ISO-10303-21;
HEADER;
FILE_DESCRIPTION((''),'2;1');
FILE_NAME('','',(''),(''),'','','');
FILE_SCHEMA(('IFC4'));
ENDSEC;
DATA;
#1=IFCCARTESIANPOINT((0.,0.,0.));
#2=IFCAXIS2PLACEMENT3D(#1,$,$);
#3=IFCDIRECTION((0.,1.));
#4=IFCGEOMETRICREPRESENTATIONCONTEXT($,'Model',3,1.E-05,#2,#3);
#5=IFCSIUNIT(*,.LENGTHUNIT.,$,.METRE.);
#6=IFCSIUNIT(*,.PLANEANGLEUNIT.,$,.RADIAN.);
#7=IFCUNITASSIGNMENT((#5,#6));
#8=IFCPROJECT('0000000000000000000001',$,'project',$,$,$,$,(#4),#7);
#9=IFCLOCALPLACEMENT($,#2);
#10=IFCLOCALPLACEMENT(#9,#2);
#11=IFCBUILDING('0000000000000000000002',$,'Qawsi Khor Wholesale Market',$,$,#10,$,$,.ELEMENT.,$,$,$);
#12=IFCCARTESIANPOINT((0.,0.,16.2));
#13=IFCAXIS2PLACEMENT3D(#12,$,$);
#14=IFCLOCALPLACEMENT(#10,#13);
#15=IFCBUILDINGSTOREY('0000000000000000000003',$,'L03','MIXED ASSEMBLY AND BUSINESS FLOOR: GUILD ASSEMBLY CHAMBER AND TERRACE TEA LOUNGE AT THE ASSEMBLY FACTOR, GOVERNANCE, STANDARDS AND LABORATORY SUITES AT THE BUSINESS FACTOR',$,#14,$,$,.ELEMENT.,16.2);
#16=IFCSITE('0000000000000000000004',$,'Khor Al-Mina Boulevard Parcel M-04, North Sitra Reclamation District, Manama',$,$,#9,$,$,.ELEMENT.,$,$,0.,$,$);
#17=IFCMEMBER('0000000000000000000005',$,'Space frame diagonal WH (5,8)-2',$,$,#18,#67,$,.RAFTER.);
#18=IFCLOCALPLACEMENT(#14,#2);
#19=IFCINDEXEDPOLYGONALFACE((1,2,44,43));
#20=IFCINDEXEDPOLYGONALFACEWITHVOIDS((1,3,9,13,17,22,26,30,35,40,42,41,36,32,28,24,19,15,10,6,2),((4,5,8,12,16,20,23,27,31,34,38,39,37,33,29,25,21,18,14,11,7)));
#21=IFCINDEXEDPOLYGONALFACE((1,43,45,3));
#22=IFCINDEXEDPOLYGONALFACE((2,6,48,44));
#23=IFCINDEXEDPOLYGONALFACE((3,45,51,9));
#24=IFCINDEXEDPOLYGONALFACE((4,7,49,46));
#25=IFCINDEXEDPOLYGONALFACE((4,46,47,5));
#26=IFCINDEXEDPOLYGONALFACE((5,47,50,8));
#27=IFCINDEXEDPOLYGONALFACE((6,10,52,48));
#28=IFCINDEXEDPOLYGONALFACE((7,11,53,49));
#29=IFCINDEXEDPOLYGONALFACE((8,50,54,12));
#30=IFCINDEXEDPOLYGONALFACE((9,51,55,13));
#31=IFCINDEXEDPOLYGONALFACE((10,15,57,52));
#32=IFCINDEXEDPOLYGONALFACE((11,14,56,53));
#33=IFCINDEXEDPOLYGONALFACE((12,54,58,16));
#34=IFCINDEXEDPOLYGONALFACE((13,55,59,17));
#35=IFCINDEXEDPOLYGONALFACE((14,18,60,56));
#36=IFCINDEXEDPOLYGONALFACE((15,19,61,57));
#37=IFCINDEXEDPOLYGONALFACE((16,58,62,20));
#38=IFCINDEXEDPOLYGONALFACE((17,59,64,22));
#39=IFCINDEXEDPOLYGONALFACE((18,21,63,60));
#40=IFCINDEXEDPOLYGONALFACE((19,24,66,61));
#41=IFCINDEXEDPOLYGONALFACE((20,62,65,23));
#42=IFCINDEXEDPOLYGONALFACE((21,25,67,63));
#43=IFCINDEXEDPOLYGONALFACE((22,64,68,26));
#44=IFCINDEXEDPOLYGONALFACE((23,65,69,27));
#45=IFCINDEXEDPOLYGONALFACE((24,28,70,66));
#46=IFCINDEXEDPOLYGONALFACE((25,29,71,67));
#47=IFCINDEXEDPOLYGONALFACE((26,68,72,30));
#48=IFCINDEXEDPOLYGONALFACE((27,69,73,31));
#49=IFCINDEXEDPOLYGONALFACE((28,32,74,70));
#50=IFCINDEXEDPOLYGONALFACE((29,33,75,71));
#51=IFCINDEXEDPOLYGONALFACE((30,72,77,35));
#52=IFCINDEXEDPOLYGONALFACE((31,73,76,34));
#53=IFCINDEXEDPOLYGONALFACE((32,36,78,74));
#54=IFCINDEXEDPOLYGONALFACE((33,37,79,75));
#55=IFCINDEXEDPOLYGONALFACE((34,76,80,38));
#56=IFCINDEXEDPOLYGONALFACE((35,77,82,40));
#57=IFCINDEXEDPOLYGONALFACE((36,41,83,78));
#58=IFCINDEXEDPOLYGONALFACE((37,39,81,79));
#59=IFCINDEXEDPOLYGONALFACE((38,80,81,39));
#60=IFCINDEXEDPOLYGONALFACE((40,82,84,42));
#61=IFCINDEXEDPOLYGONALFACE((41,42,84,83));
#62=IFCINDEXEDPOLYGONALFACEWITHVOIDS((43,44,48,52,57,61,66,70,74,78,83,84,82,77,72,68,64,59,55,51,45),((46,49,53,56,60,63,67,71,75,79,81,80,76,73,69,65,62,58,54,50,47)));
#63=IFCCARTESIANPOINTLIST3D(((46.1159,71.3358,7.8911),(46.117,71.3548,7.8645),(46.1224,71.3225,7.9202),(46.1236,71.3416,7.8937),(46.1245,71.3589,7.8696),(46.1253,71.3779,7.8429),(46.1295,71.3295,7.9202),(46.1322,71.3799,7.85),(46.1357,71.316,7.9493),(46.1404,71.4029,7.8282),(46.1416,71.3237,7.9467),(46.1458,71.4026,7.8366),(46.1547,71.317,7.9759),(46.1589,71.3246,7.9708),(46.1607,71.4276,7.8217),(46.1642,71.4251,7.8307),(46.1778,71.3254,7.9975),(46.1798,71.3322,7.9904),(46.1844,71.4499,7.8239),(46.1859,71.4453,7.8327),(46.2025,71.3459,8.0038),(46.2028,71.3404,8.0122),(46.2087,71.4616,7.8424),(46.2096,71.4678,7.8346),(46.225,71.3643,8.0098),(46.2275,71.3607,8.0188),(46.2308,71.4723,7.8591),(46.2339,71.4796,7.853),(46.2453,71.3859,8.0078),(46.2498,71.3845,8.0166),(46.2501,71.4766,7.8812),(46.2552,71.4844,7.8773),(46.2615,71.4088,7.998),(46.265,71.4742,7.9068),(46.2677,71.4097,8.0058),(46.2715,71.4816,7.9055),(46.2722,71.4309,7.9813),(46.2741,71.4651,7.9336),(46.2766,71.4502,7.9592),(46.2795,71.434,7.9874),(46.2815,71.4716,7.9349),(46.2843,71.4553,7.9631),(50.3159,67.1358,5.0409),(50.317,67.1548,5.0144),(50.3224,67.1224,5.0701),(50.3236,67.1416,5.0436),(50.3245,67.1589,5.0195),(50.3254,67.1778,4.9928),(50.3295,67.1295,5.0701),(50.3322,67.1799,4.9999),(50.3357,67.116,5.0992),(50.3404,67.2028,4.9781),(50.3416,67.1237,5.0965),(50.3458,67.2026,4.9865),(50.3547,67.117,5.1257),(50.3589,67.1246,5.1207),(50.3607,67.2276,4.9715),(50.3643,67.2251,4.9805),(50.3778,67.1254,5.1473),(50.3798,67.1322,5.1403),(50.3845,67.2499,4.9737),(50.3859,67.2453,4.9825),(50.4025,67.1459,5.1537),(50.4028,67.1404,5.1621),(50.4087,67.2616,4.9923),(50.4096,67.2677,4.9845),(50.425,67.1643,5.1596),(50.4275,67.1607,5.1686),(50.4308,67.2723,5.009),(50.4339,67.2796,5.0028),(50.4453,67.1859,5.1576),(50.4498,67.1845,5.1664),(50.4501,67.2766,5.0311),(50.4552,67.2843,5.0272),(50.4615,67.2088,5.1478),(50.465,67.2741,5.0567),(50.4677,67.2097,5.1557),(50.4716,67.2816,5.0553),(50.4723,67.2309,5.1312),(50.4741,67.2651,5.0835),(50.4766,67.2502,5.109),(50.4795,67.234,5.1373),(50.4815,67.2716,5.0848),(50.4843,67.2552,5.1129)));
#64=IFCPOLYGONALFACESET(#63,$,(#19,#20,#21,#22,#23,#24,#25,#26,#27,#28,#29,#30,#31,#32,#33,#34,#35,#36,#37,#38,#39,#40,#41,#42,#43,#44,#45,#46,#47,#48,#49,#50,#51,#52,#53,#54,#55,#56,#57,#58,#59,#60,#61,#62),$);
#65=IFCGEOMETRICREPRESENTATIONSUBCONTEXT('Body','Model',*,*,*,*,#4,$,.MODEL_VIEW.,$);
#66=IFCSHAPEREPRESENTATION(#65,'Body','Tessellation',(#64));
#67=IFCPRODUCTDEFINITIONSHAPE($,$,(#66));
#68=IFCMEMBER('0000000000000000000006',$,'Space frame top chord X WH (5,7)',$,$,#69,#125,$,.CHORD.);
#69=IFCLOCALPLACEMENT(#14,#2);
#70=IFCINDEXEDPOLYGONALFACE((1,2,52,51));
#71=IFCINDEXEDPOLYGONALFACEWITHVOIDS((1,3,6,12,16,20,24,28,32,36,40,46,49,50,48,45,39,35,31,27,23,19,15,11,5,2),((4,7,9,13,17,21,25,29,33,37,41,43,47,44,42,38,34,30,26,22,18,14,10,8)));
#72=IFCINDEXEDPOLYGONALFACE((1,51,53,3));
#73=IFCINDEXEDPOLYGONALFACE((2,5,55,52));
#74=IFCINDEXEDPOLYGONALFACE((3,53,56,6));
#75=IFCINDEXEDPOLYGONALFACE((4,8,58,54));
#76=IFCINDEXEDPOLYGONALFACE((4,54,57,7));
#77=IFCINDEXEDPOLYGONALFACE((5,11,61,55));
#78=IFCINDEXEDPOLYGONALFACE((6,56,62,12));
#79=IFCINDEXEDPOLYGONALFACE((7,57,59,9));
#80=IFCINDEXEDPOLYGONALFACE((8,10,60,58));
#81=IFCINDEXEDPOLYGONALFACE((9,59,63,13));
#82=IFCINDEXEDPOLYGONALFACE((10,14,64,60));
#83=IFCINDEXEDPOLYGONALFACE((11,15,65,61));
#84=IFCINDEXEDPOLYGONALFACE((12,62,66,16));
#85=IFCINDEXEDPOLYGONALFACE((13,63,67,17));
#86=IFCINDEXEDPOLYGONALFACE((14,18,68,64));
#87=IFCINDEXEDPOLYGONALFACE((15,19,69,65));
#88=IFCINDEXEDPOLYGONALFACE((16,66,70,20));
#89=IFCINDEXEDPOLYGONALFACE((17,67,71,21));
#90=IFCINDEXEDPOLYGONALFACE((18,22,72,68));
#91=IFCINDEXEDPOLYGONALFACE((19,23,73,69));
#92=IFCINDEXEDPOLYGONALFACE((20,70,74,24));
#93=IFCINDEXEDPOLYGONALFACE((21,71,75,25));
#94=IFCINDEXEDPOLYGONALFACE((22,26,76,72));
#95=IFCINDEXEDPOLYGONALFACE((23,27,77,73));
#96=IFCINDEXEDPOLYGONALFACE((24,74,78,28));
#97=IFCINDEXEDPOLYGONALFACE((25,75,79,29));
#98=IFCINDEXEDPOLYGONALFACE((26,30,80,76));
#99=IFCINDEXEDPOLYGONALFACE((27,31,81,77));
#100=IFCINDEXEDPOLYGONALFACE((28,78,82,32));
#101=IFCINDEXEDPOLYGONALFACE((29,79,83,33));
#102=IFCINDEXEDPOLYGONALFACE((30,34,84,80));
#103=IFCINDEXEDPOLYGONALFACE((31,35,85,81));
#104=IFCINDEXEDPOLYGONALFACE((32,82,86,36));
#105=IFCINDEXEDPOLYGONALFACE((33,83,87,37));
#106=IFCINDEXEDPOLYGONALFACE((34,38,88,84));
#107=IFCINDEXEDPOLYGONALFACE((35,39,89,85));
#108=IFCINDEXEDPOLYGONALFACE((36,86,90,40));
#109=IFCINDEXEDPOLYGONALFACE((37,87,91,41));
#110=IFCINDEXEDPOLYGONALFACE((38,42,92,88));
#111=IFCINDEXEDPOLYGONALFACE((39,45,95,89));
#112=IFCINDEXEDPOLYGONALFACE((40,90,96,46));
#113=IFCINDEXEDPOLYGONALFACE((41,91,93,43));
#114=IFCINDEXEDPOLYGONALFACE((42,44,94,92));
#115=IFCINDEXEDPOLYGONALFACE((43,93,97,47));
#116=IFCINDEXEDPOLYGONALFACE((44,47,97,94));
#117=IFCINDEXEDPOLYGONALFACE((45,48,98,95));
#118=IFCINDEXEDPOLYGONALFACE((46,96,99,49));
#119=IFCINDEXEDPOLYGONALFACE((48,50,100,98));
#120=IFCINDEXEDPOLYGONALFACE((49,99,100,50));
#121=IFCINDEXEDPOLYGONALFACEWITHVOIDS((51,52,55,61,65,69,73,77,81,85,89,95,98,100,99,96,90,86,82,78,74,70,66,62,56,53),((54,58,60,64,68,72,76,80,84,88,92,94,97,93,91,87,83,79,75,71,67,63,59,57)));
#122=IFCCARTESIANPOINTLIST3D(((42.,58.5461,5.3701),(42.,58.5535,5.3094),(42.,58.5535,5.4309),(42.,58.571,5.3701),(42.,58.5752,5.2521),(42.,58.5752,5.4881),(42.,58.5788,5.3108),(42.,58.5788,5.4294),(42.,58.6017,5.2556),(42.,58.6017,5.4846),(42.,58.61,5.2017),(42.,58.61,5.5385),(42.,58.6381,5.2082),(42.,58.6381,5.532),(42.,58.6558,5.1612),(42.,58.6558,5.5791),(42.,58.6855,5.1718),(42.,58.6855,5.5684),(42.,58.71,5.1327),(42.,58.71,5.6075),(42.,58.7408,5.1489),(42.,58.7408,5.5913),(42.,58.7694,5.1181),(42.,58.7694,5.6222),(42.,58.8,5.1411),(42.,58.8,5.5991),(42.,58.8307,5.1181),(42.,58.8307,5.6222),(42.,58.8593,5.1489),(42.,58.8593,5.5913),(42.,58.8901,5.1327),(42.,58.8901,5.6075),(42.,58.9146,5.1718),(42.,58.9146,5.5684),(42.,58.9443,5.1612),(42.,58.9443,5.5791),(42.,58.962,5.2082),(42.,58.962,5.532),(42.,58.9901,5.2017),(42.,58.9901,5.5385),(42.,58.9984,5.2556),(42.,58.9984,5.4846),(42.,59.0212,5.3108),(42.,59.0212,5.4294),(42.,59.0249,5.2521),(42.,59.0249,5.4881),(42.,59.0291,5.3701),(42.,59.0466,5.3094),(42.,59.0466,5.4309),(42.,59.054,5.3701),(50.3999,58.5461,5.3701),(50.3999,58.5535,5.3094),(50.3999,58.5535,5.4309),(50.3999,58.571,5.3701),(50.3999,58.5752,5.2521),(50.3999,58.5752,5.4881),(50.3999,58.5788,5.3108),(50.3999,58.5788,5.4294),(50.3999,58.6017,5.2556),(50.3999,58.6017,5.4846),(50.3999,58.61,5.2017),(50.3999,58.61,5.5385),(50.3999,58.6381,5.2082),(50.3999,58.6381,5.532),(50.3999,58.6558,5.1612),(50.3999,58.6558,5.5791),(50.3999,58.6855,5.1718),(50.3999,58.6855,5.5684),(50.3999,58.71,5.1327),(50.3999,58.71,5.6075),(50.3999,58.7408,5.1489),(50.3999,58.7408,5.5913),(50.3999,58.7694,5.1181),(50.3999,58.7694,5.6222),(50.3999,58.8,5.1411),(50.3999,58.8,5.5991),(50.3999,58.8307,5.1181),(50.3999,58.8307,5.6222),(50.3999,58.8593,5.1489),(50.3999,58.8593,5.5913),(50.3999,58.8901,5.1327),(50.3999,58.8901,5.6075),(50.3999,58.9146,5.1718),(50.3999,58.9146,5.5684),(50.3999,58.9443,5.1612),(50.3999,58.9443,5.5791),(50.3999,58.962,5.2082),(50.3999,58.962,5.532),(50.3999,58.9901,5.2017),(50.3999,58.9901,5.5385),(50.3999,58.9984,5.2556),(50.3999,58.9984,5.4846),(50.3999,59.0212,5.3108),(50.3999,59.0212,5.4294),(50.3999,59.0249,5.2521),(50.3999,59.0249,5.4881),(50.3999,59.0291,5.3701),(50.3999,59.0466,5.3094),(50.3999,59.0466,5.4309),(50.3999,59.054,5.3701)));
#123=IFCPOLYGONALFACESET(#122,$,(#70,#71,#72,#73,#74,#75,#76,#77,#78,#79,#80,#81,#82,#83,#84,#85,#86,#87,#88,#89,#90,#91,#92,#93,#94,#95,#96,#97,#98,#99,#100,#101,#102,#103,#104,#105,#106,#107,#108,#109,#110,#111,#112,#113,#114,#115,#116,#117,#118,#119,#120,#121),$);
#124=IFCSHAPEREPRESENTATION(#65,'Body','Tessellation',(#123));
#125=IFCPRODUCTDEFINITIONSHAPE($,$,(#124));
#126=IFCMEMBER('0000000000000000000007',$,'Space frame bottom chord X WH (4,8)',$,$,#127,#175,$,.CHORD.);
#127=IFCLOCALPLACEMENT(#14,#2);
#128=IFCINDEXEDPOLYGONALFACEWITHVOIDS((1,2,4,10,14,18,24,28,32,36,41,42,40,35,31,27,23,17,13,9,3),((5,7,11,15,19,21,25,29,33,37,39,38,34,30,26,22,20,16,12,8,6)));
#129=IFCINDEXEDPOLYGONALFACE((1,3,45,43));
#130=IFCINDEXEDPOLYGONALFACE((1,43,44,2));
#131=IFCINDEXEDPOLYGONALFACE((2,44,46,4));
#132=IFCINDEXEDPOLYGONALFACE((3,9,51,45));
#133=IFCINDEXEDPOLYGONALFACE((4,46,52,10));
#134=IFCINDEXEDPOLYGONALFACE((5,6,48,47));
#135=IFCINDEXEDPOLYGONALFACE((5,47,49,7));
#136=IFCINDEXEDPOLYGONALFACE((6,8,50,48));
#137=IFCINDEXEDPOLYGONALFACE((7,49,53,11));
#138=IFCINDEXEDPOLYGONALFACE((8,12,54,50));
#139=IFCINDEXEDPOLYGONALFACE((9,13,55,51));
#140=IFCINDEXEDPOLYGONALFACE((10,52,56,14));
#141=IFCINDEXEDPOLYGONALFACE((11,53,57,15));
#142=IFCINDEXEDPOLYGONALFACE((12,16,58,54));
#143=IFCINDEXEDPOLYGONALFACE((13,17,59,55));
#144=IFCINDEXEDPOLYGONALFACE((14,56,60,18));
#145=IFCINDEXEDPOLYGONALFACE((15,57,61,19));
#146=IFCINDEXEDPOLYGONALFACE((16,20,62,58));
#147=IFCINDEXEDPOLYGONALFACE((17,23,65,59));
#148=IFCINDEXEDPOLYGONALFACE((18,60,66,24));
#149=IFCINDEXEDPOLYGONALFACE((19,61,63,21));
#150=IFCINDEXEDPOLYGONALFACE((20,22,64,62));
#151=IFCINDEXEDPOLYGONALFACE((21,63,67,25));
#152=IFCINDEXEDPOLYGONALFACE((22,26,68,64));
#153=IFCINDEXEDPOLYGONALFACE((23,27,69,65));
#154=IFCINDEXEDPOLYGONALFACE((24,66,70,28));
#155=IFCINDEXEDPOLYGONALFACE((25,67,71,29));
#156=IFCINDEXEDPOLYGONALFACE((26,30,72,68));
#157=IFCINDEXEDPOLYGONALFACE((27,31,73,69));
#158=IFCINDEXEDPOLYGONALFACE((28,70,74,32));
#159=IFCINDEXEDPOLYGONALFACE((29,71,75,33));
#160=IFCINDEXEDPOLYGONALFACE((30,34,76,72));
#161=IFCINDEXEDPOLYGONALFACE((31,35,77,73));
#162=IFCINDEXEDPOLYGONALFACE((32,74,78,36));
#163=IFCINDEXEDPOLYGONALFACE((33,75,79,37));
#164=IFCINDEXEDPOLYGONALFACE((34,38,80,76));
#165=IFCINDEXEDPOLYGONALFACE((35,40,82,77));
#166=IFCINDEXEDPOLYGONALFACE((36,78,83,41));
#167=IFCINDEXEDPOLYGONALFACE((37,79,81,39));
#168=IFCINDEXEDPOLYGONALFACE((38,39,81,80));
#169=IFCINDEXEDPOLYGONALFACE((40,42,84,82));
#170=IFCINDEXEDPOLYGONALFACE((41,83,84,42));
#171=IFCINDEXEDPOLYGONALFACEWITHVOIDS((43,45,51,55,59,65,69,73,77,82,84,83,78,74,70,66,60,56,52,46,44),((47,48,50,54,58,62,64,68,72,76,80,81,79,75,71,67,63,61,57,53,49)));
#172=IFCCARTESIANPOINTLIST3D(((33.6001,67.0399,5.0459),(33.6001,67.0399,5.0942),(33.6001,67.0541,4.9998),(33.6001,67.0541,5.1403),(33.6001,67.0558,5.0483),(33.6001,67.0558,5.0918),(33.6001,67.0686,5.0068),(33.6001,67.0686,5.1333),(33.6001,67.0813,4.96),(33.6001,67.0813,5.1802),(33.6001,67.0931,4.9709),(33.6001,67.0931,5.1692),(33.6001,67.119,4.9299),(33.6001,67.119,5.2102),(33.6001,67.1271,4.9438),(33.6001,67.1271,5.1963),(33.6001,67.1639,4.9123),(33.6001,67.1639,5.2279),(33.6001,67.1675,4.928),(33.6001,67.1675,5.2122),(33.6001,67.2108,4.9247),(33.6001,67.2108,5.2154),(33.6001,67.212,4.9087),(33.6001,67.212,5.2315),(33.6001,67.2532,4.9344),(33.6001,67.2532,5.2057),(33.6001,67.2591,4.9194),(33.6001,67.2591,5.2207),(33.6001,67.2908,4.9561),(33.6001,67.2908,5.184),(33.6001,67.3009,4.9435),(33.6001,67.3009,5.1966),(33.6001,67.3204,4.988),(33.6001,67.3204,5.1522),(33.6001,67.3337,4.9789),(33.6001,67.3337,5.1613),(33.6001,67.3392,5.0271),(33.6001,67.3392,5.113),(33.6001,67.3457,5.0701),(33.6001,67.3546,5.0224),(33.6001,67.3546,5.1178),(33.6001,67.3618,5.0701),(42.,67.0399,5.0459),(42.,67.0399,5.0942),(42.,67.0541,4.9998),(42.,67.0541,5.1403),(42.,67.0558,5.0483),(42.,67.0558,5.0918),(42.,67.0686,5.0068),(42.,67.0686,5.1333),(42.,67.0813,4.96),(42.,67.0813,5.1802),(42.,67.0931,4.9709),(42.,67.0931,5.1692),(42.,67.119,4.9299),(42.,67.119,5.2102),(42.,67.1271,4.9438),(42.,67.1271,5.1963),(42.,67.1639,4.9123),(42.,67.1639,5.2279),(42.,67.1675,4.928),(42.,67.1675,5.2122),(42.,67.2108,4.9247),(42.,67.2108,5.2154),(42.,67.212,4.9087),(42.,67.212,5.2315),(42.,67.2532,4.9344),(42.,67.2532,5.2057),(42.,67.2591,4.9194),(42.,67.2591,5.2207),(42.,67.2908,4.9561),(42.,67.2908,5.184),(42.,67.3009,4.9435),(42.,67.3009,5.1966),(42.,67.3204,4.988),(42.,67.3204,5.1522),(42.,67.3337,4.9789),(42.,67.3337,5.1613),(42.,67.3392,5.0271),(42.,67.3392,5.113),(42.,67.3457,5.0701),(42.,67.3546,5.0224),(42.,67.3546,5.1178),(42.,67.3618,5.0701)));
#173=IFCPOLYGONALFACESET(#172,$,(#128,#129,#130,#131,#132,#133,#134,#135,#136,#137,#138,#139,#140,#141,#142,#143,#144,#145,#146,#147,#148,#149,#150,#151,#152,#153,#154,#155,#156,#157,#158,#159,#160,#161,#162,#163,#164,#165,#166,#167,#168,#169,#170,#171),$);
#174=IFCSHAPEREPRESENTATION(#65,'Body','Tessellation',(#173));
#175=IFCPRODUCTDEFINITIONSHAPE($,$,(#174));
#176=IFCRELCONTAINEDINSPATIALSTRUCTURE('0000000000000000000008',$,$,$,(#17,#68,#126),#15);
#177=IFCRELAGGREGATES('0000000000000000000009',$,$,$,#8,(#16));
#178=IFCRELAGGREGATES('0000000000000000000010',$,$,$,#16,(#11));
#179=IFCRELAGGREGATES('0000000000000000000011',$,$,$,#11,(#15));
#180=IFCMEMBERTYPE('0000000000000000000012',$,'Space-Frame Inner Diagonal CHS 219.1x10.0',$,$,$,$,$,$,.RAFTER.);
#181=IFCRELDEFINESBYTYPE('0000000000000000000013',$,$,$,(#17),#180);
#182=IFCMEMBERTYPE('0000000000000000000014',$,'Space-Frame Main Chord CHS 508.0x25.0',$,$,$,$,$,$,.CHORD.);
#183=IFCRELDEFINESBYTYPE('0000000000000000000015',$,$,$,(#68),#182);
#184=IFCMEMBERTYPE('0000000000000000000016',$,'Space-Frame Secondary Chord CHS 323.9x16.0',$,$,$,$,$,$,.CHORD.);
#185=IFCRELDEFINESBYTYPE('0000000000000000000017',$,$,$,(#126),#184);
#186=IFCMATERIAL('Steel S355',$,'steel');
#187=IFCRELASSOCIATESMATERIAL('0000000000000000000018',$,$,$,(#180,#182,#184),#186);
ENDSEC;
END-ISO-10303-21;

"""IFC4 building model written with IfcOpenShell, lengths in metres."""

from ifc_helpers import new_model, si_unit, direction, frame, origin, origin_2d, place, context, subcontext, project, spatial, hollow_circle, extrude, material, material_profile, profile_set, type_object, element, save


model = new_model("IFC4")

# Units and contexts
model_context = context("Model", 3, precision=1e-05, world=origin(), true_north=direction((0.0, 1.0)))
body_context = subcontext(model_context, "Body", "Model", "MODEL_VIEW")
ifc_project = project(units=[si_unit("LENGTHUNIT", "METRE"), si_unit("PLANEANGLEUNIT", "RADIAN")], contexts=[model_context])

# Site, building, storey
site_placement = place(None, origin())
site = spatial("IfcSite", under=ifc_project, at=site_placement, Name="Khor Al-Mina Boulevard Parcel M-04, North Sitra Reclamation District, Manama", CompositionType="ELEMENT", RefElevation=0.0)
building_placement = place(site_placement, origin())
building = spatial("IfcBuilding", under=site, at=building_placement, Name="Qawsi Khor Wholesale Market", CompositionType="ELEMENT")
storey_placement = place(building_placement, frame((0.0, 0.0, 16.2)))
storey = spatial("IfcBuildingStorey", under=building, at=storey_placement, Name="L03", Description="MIXED ASSEMBLY AND BUSINESS FLOOR: GUILD ASSEMBLY CHAMBER AND TERRACE TEA LOUNGE AT THE ASSEMBLY FACTOR, GOVERNANCE, STANDARDS AND LABORATORY SUITES AT THE BUSINESS FACTOR", CompositionType="ELEMENT", Elevation=16.2)

# Members
ifc_material_1 = material(Name="Steel S355", Category="steel")
ifc_material_profile_1 = material_profile(ifc_material_1, hollow_circle(Radius=0.1096, WallThickness=0.01, at=origin_2d()), Name="CHS 219.1x10.0")
ifc_profile_set_1 = profile_set([ifc_material_profile_1], Name="Steel S355")
member_type_1 = type_object("IfcMemberType", Name="Space-Frame Inner Diagonal CHS 219.1x10.0", PredefinedType="RAFTER", material=ifc_profile_set_1)
for number, where, z_axis, x_axis, name in (
    (1, (50.3999, 67.2, 5.0701), (-0.637512, 0.637512, 0.432617), (-0.707107, -0.707107, 0.0), "Space frame diagonal WH (5,8)-2"),
):
    element("IfcMember", number, at=place(storey_placement, frame(where, z_axis=z_axis, x_axis=x_axis)), inside=storey, type_object=member_type_1, Name=name, PredefinedType="RAFTER", context=body_context, shape_type="SweptSolid", body=[
        extrude(hollow_circle(Radius=0.1096, WallThickness=0.01, at=origin_2d()), origin(), (0.0, 0.0, 1.0), 6.5881),
    ])
ifc_material_profile_2 = material_profile(ifc_material_1, hollow_circle(Radius=0.2539, WallThickness=0.0249, at=origin_2d()), Name="CHS 508.0x25.0")
ifc_profile_set_2 = profile_set([ifc_material_profile_2], Name="Steel S355")
member_type_2 = type_object("IfcMemberType", Name="Space-Frame Main Chord CHS 508.0x25.0", PredefinedType="CHORD", material=ifc_profile_set_2)
member_1_placement = place(storey_placement, frame((42.0, 58.8, 5.3701), z_axis=(1.0, 0.0, 0.0), x_axis=(0.0, 1.0, 0.0)))
element("IfcMember", 2, at=member_1_placement, inside=storey, type_object=member_type_2, Name="Space frame top chord X WH (5,7)", PredefinedType="CHORD", context=body_context, shape_type="SweptSolid", body=[
    extrude(hollow_circle(Radius=0.2539, WallThickness=0.0249, at=origin_2d()), origin(), (0.0, 0.0, 1.0), 8.3999),
])
ifc_material_profile_3 = material_profile(ifc_material_1, hollow_circle(Radius=0.1619, WallThickness=0.0161, at=origin_2d()), Name="CHS 323.9x16.0")
ifc_profile_set_3 = profile_set([ifc_material_profile_3], Name="Steel S355")
member_type_3 = type_object("IfcMemberType", Name="Space-Frame Secondary Chord CHS 323.9x16.0", PredefinedType="CHORD", material=ifc_profile_set_3)
for number, where, z_axis, x_axis, name in (
    (3, (33.6001, 67.2, 5.0701), (1.0, 0.0, 0.0), (0.0, 1.0, 0.0), "Space frame bottom chord X WH (4,8)"),
):
    element("IfcMember", number, at=place(storey_placement, frame(where, z_axis=z_axis, x_axis=x_axis)), inside=storey, type_object=member_type_3, Name=name, PredefinedType="CHORD", context=body_context, shape_type="SweptSolid", body=[
        extrude(hollow_circle(Radius=0.1619, WallThickness=0.0161, at=origin_2d()), origin(), (0.0, 0.0, 1.0), 8.3999),
    ])

save(model, "model.ifc")
